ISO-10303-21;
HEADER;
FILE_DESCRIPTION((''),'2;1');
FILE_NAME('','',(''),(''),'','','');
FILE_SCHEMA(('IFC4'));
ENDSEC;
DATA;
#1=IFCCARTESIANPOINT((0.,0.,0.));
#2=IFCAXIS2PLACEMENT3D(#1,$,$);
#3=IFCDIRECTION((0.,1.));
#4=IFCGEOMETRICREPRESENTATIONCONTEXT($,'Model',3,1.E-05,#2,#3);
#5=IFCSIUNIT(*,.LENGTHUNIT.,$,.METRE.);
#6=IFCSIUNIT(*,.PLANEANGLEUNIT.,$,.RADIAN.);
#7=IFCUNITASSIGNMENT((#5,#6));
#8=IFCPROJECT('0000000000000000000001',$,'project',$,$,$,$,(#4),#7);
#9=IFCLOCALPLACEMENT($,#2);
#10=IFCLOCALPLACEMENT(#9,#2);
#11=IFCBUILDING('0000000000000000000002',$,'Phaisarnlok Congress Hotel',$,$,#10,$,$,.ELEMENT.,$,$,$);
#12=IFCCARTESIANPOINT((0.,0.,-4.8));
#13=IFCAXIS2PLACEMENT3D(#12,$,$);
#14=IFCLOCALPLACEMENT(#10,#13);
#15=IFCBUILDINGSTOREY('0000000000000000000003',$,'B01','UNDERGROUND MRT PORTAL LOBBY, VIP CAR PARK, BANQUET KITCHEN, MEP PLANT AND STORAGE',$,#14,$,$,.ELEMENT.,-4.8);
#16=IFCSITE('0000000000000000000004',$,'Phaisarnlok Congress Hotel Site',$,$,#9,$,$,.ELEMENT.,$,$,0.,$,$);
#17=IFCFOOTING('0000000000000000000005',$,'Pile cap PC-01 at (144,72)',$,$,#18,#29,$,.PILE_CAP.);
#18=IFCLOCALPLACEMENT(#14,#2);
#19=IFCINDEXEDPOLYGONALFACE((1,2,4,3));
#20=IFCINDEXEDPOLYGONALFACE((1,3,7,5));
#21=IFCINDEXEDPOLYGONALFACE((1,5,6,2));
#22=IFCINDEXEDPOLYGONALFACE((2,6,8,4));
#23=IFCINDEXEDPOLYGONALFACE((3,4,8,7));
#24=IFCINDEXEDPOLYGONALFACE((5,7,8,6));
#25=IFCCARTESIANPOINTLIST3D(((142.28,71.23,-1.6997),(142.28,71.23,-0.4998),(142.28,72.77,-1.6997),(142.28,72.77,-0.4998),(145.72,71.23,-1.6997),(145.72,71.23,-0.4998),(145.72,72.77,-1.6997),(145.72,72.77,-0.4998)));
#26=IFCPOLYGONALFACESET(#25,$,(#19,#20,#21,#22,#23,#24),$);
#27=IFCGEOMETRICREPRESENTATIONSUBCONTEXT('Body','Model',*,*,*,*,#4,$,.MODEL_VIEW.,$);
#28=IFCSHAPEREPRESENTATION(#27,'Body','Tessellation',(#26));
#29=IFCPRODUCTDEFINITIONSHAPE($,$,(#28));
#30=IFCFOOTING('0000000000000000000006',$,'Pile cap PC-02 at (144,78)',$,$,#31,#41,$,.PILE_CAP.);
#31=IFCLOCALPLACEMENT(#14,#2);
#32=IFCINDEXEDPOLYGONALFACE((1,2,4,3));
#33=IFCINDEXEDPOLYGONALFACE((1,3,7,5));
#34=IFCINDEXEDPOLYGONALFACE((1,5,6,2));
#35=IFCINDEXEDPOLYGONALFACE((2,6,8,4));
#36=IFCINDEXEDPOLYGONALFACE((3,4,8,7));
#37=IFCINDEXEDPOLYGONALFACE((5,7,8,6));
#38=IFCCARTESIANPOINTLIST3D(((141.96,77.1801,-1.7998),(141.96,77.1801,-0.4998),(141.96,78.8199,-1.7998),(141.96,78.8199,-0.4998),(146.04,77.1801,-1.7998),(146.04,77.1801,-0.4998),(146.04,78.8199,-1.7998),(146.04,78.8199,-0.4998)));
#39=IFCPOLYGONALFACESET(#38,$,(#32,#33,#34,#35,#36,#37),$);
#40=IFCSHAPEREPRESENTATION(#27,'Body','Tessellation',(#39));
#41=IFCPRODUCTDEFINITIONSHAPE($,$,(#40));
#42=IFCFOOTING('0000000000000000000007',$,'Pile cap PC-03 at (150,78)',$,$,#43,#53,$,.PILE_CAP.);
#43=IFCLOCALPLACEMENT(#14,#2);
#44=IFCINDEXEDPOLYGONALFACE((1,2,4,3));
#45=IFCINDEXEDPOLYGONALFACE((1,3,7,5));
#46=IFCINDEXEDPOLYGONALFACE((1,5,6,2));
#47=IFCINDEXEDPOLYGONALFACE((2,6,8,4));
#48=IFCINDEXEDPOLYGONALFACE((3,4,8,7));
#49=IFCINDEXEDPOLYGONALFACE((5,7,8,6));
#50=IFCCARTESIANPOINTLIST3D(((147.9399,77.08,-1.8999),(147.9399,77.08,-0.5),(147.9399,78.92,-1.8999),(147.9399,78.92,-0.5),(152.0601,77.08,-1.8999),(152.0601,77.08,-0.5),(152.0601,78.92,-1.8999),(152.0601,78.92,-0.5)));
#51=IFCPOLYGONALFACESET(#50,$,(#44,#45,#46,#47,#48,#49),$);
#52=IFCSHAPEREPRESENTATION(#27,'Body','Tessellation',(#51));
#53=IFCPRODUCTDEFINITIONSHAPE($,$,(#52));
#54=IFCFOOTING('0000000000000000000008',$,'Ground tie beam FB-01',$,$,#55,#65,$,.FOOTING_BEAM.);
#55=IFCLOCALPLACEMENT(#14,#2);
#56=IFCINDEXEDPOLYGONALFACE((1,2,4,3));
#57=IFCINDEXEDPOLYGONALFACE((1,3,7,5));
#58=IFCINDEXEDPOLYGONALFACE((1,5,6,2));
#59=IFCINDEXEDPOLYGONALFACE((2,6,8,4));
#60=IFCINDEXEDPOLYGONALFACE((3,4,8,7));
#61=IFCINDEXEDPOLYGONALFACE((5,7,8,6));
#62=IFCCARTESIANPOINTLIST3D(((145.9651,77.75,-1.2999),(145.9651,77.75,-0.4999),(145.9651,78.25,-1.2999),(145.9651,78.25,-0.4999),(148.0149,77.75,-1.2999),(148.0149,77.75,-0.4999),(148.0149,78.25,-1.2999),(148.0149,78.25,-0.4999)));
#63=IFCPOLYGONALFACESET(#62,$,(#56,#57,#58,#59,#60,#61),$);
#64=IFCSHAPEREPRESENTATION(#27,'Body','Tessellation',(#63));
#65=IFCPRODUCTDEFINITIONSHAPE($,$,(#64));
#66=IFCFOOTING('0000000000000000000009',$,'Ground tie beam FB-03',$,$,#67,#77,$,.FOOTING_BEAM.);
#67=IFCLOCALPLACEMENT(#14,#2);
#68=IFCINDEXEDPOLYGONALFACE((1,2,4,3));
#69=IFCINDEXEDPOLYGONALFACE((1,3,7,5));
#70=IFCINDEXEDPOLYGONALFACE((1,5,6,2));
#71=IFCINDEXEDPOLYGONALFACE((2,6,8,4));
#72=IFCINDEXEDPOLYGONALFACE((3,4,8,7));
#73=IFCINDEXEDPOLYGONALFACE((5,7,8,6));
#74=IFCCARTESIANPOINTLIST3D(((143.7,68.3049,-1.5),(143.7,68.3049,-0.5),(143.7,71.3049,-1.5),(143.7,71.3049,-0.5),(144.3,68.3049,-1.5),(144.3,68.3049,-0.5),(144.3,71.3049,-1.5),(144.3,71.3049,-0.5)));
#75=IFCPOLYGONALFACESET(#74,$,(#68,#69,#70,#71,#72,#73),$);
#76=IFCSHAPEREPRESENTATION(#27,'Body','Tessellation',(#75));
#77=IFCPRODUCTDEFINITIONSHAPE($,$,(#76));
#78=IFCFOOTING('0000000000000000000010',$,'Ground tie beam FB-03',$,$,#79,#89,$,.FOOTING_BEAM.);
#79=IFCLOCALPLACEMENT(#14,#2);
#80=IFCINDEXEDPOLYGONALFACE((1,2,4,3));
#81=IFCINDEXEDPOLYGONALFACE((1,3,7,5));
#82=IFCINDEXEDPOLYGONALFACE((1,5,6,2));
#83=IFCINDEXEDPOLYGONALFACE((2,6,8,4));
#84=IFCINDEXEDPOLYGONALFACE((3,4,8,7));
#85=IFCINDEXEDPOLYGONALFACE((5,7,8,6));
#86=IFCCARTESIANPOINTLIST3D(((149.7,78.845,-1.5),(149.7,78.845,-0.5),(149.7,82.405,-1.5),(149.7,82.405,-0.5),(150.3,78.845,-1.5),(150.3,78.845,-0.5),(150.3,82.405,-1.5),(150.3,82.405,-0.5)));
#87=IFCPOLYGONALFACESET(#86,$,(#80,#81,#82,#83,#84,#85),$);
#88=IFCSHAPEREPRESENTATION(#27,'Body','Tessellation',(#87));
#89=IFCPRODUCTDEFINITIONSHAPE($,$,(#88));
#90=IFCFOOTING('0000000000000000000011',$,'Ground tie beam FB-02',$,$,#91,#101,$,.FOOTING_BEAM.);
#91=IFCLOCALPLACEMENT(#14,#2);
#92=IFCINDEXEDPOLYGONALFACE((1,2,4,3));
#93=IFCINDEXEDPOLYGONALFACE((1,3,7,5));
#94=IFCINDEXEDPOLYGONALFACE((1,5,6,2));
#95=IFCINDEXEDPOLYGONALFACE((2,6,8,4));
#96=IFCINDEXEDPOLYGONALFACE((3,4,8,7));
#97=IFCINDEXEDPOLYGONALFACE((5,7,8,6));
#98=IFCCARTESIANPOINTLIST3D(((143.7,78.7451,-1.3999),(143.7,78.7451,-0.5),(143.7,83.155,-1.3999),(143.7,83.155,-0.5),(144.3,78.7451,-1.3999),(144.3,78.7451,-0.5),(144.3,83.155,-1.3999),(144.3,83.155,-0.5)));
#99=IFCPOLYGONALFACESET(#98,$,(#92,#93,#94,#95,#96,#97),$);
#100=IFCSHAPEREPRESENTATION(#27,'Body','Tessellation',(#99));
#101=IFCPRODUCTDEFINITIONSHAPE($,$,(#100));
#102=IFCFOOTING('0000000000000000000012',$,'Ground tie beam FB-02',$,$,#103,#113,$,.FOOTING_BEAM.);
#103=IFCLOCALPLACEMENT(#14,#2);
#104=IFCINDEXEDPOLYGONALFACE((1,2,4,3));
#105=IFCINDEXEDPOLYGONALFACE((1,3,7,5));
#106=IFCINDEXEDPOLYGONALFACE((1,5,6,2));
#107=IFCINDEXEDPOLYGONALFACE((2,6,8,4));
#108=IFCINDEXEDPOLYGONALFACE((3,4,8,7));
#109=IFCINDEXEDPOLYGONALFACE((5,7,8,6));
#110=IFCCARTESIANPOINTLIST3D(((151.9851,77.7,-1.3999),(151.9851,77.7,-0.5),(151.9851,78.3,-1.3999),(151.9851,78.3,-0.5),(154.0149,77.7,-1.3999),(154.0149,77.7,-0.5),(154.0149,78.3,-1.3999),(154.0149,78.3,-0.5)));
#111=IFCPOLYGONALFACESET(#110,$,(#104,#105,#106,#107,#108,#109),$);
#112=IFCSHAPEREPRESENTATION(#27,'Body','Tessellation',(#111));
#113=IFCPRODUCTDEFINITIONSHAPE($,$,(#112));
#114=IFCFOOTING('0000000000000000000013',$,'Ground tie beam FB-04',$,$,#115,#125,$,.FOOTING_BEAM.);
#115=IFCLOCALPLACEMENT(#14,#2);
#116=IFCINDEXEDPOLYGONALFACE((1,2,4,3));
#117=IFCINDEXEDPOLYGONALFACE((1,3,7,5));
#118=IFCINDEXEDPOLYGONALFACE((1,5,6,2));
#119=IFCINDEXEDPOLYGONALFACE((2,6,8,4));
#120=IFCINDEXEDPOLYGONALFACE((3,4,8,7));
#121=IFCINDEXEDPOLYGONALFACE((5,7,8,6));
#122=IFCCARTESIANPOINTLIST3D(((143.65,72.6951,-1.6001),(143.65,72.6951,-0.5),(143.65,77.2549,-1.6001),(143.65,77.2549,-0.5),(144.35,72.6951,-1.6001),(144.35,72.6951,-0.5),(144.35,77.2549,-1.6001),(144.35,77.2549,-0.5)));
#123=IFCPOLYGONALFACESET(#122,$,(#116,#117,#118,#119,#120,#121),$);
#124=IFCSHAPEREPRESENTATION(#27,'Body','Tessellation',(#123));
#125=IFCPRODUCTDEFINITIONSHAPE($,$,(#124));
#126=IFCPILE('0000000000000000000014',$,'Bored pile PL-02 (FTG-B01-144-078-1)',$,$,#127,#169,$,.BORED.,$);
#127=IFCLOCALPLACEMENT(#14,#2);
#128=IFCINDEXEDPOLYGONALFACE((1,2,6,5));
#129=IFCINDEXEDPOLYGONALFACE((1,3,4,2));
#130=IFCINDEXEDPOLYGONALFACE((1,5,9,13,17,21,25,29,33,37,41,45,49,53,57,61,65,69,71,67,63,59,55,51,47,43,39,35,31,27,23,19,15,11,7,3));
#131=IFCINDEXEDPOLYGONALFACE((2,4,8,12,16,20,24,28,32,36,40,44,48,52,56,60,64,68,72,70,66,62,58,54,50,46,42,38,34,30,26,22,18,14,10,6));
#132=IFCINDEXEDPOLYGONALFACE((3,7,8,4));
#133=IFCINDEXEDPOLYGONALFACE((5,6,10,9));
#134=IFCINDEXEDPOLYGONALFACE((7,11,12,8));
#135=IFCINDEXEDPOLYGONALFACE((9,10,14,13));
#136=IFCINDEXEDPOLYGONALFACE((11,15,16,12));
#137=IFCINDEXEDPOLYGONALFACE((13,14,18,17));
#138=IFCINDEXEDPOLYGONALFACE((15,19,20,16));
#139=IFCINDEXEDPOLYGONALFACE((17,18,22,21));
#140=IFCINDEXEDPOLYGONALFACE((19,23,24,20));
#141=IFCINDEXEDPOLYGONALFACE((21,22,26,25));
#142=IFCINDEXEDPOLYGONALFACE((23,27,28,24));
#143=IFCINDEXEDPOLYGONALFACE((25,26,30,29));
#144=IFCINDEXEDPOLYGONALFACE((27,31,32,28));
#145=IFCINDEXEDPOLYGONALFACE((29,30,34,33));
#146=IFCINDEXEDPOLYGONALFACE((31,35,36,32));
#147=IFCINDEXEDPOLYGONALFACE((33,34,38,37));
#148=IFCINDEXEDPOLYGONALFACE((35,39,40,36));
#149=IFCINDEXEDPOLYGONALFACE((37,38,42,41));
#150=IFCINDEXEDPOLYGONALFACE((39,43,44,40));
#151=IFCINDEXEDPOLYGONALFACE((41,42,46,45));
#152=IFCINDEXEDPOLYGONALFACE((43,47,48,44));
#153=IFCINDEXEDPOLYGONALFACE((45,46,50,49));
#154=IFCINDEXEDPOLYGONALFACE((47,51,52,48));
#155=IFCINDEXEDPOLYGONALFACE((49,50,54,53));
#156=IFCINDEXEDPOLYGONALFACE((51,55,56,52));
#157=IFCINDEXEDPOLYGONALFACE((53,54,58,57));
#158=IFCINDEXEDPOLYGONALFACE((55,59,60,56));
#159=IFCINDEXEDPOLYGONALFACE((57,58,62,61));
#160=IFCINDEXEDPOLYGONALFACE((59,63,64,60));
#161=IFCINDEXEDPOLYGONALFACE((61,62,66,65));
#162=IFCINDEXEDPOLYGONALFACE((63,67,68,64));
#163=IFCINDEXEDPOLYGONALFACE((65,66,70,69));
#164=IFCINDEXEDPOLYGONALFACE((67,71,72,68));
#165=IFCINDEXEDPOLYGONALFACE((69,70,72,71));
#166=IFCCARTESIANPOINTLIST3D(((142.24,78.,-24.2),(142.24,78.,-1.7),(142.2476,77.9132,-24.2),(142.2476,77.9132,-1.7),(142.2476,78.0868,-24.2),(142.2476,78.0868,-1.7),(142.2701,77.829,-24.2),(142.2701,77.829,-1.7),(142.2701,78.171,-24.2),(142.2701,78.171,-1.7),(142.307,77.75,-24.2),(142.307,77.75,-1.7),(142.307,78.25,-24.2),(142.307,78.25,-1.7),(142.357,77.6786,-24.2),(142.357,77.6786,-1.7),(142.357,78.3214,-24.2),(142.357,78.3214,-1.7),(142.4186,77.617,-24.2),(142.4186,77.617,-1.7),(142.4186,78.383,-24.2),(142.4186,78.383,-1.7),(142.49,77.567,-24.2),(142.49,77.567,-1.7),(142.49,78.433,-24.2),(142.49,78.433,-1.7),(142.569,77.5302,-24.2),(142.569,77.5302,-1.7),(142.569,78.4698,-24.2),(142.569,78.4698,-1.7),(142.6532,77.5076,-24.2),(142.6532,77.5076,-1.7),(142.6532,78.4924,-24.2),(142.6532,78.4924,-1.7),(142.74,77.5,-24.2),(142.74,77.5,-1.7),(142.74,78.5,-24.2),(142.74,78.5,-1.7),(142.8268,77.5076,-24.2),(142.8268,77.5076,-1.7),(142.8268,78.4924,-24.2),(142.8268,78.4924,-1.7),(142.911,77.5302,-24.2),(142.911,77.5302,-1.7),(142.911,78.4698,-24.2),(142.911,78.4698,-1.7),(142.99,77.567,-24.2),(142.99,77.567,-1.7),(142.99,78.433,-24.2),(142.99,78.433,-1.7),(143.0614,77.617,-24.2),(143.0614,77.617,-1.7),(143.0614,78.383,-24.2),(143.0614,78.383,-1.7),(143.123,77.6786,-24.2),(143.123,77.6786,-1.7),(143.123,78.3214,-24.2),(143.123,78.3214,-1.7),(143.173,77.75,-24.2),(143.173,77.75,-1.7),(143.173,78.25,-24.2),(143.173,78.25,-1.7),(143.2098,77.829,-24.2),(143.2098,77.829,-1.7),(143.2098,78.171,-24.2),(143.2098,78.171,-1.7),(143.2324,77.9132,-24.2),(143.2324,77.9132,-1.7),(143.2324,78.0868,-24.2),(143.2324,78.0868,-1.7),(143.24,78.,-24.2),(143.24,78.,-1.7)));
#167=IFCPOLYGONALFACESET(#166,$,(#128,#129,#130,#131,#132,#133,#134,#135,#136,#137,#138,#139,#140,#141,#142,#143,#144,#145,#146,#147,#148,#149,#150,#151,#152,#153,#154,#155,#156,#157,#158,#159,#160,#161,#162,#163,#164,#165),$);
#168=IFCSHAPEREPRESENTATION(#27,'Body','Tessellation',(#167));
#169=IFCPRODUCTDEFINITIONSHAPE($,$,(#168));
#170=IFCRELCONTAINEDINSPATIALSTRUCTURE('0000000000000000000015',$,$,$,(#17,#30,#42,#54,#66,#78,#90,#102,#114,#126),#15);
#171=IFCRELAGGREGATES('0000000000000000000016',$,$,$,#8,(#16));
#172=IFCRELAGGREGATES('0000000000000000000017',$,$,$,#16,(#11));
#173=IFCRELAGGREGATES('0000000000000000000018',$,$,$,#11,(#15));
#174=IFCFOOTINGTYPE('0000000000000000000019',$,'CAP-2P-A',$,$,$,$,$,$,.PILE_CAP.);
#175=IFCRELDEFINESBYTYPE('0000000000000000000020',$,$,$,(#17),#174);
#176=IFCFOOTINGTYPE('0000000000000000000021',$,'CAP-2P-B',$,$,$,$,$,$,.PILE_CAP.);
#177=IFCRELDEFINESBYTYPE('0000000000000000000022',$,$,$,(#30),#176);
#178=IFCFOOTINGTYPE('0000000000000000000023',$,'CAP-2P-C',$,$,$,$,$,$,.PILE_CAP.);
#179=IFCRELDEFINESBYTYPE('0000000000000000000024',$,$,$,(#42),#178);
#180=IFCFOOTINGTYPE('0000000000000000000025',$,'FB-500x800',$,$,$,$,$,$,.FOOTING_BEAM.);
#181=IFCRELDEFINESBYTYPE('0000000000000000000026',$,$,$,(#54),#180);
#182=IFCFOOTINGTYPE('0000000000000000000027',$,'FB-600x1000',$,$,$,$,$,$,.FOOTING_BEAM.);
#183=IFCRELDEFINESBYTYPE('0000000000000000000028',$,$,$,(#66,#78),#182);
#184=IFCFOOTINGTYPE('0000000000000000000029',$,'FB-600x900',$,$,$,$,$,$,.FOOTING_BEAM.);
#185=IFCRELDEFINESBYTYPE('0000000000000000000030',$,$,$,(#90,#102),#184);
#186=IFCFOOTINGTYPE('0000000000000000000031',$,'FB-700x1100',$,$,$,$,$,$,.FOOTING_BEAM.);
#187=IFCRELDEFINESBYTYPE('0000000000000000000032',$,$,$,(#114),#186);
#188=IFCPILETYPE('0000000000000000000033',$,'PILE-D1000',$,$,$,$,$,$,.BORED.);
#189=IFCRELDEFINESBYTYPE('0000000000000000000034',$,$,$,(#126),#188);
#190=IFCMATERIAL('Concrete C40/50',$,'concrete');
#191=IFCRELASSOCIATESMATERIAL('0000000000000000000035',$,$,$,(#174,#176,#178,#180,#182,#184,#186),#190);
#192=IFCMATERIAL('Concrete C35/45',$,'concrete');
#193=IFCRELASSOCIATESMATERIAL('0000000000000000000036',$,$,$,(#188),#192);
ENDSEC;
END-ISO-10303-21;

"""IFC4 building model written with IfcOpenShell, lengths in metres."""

from ifc_helpers import new_model, si_unit, direction, frame, origin, origin_2d, place, context, subcontext, project, spatial, rectangle, circle, extrude, material, material_profile, profile_set, type_object, element, save


model = new_model("IFC4")

# Units and contexts
model_context = context("Model", 3, precision=1e-05, world=origin(), true_north=direction((0.0, 1.0)))
body_context = subcontext(model_context, "Body", "Model", "MODEL_VIEW")
ifc_project = project(units=[si_unit("LENGTHUNIT", "METRE"), si_unit("PLANEANGLEUNIT", "RADIAN")], contexts=[model_context])

# Site, building, storey
site_placement = place(None, origin())
site = spatial("IfcSite", under=ifc_project, at=site_placement, Name="Phaisarnlok Congress Hotel Site", CompositionType="ELEMENT", RefElevation=0.0)
building_placement = place(site_placement, origin())
building = spatial("IfcBuilding", under=site, at=building_placement, Name="Phaisarnlok Congress Hotel", CompositionType="ELEMENT")
storey_placement = place(building_placement, frame((0.0, 0.0, -4.8)))
storey = spatial("IfcBuildingStorey", under=building, at=storey_placement, Name="B01", Description="UNDERGROUND MRT PORTAL LOBBY, VIP CAR PARK, BANQUET KITCHEN, MEP PLANT AND STORAGE", CompositionType="ELEMENT", Elevation=-4.8)

# Footings
ifc_material_1 = material(Name="Concrete C40/50", Category="concrete")
footing_type_1 = type_object("IfcFootingType", Name="CAP-2P-A", PredefinedType="PILE_CAP", material=ifc_material_1)
footing_1_placement = place(storey_placement, frame((144.0, 72.0, -1.6997), z_axis=(0.0, 0.0, 1.0), x_axis=(1.0, 0.0, 0.0)))
element("IfcFooting", 1, at=footing_1_placement, inside=storey, type_object=footing_type_1, Name="Pile cap PC-01 at (144,72)", PredefinedType="PILE_CAP", context=body_context, shape_type="SweptSolid", body=[
    extrude(rectangle(XDim=3.4399, YDim=1.54, at=origin_2d()), origin(), (0.0, 0.0, 1.0), 1.2),
])
footing_type_2 = type_object("IfcFootingType", Name="CAP-2P-B", PredefinedType="PILE_CAP", material=ifc_material_1)
footing_2_placement = place(storey_placement, frame((144.0, 78.0, -1.7998), z_axis=(0.0, 0.0, 1.0), x_axis=(1.0, 0.0, 0.0)))
element("IfcFooting", 2, at=footing_2_placement, inside=storey, type_object=footing_type_2, Name="Pile cap PC-02 at (144,78)", PredefinedType="PILE_CAP", context=body_context, shape_type="SweptSolid", body=[
    extrude(rectangle(XDim=4.0801, YDim=1.6399, at=origin_2d()), origin(), (0.0, 0.0, 1.0), 1.3),
])
footing_type_3 = type_object("IfcFootingType", Name="CAP-2P-C", PredefinedType="PILE_CAP", material=ifc_material_1)
footing_3_placement = place(storey_placement, frame((150.0, 78.0, -1.8999), z_axis=(0.0, 0.0, 1.0), x_axis=(1.0, 0.0, 0.0)))
element("IfcFooting", 3, at=footing_3_placement, inside=storey, type_object=footing_type_3, Name="Pile cap PC-03 at (150,78)", PredefinedType="PILE_CAP", context=body_context, shape_type="SweptSolid", body=[
    extrude(rectangle(XDim=4.1201, YDim=1.8401, at=origin_2d()), origin(), (0.0, 0.0, 1.0), 1.3999),
])
ifc_material_profile_1 = material_profile(ifc_material_1, rectangle(XDim=0.5, YDim=0.8, at=origin_2d()), Name="FB-500x800")
ifc_profile_set_1 = profile_set([ifc_material_profile_1], Name="Concrete C40/50")
footing_type_4 = type_object("IfcFootingType", Name="FB-500x800", PredefinedType="FOOTING_BEAM", material=ifc_profile_set_1)
footing_4_placement = place(storey_placement, frame((145.9651, 78.0, -0.8999), z_axis=(1.0, 0.0, 0.0), x_axis=(0.0, 1.0, 0.0)))
element("IfcFooting", 4, at=footing_4_placement, inside=storey, type_object=footing_type_4, Name="Ground tie beam FB-01", PredefinedType="FOOTING_BEAM", context=body_context, shape_type="SweptSolid", body=[
    extrude(rectangle(XDim=0.5, YDim=0.8, at=origin_2d()), origin(), (0.0, 0.0, 1.0), 2.0498),
])
ifc_material_profile_2 = material_profile(ifc_material_1, rectangle(XDim=0.6001, YDim=1.0, at=origin_2d()), Name="FB-600x1000")
ifc_profile_set_2 = profile_set([ifc_material_profile_2], Name="Concrete C40/50")
footing_type_5 = type_object("IfcFootingType", Name="FB-600x1000", PredefinedType="FOOTING_BEAM", material=ifc_profile_set_2)
footing_5_placement = place(storey_placement, frame((144.0, 68.3049, -1.0), z_axis=(0.0, 1.0, 0.0), x_axis=(-1.0, 0.0, 0.0)))
element("IfcFooting", 5, at=footing_5_placement, inside=storey, type_object=footing_type_5, Name="Ground tie beam FB-03", PredefinedType="FOOTING_BEAM", context=body_context, shape_type="SweptSolid", body=[
    extrude(rectangle(XDim=0.6001, YDim=1.0, at=origin_2d()), origin(), (0.0, 0.0, 1.0), 3.0),
])
footing_6_placement = place(storey_placement, frame((150.0, 78.845, -1.0), z_axis=(0.0, 1.0, 0.0), x_axis=(-1.0, 0.0, 0.0)))
element("IfcFooting", 6, at=footing_6_placement, inside=storey, type_object=footing_type_5, Name="Ground tie beam FB-03", PredefinedType="FOOTING_BEAM", context=body_context, shape_type="SweptSolid", body=[
    extrude(rectangle(XDim=0.6001, YDim=1.0, at=origin_2d()), origin(), (0.0, 0.0, 1.0), 3.5601),
])
ifc_material_profile_3 = material_profile(ifc_material_1, rectangle(XDim=0.6001, YDim=0.8999, at=origin_2d()), Name="FB-600x900")
ifc_profile_set_3 = profile_set([ifc_material_profile_3], Name="Concrete C40/50")
footing_type_6 = type_object("IfcFootingType", Name="FB-600x900", PredefinedType="FOOTING_BEAM", material=ifc_profile_set_3)
footing_7_placement = place(storey_placement, frame((144.0, 78.7451, -0.95), z_axis=(0.0, 1.0, 0.0), x_axis=(-1.0, 0.0, 0.0)))
element("IfcFooting", 7, at=footing_7_placement, inside=storey, type_object=footing_type_6, Name="Ground tie beam FB-02", PredefinedType="FOOTING_BEAM", context=body_context, shape_type="SweptSolid", body=[
    extrude(rectangle(XDim=0.6001, YDim=0.8999, at=origin_2d()), origin(), (0.0, 0.0, 1.0), 4.4099),
])
footing_8_placement = place(storey_placement, frame((151.9851, 78.0, -0.95), z_axis=(1.0, 0.0, 0.0), x_axis=(0.0, 1.0, 0.0)))
element("IfcFooting", 8, at=footing_8_placement, inside=storey, type_object=footing_type_6, Name="Ground tie beam FB-02", PredefinedType="FOOTING_BEAM", context=body_context, shape_type="SweptSolid", body=[
    extrude(rectangle(XDim=0.6001, YDim=0.8999, at=origin_2d()), origin(), (0.0, 0.0, 1.0), 2.0298),
])
ifc_material_profile_4 = material_profile(ifc_material_1, rectangle(XDim=0.7, YDim=1.1001, at=origin_2d()), Name="FB-700x1100")
ifc_profile_set_4 = profile_set([ifc_material_profile_4], Name="Concrete C40/50")
footing_type_7 = type_object("IfcFootingType", Name="FB-700x1100", PredefinedType="FOOTING_BEAM", material=ifc_profile_set_4)
footing_9_placement = place(storey_placement, frame((144.0, 72.6951, -1.05), z_axis=(0.0, 1.0, 0.0), x_axis=(-1.0, 0.0, 0.0)))
element("IfcFooting", 9, at=footing_9_placement, inside=storey, type_object=footing_type_7, Name="Ground tie beam FB-04", PredefinedType="FOOTING_BEAM", context=body_context, shape_type="SweptSolid", body=[
    extrude(rectangle(XDim=0.7, YDim=1.1001, at=origin_2d()), origin(), (0.0, 0.0, 1.0), 4.5598),
])

# Pile
ifc_material_2 = material(Name="Concrete C35/45", Category="concrete")
ifc_material_profile_5 = material_profile(ifc_material_2, circle(Radius=0.5, at=origin_2d()), Name="BORED PILE D1000")
ifc_profile_set_5 = profile_set([ifc_material_profile_5], Name="Concrete C35/45")
pile_type_1 = type_object("IfcPileType", Name="PILE-D1000", PredefinedType="BORED", material=ifc_profile_set_5)
for number, where, z_axis, x_axis, name in (
    (10, (142.74, 78.0, -1.7), (0.0, 0.0, -1.0), (1.0, 0.0, 0.0), "Bored pile PL-02 (FTG-B01-144-078-1)"),
):
    element("IfcPile", number, at=place(storey_placement, frame(where, z_axis=z_axis, x_axis=x_axis)), inside=storey, type_object=pile_type_1, Name=name, PredefinedType="BORED", context=body_context, shape_type="SweptSolid", body=[
        extrude(circle(Radius=0.5, at=origin_2d()), origin(), (0.0, 0.0, 1.0), 22.5),
    ])

save(model, "model.ifc")
